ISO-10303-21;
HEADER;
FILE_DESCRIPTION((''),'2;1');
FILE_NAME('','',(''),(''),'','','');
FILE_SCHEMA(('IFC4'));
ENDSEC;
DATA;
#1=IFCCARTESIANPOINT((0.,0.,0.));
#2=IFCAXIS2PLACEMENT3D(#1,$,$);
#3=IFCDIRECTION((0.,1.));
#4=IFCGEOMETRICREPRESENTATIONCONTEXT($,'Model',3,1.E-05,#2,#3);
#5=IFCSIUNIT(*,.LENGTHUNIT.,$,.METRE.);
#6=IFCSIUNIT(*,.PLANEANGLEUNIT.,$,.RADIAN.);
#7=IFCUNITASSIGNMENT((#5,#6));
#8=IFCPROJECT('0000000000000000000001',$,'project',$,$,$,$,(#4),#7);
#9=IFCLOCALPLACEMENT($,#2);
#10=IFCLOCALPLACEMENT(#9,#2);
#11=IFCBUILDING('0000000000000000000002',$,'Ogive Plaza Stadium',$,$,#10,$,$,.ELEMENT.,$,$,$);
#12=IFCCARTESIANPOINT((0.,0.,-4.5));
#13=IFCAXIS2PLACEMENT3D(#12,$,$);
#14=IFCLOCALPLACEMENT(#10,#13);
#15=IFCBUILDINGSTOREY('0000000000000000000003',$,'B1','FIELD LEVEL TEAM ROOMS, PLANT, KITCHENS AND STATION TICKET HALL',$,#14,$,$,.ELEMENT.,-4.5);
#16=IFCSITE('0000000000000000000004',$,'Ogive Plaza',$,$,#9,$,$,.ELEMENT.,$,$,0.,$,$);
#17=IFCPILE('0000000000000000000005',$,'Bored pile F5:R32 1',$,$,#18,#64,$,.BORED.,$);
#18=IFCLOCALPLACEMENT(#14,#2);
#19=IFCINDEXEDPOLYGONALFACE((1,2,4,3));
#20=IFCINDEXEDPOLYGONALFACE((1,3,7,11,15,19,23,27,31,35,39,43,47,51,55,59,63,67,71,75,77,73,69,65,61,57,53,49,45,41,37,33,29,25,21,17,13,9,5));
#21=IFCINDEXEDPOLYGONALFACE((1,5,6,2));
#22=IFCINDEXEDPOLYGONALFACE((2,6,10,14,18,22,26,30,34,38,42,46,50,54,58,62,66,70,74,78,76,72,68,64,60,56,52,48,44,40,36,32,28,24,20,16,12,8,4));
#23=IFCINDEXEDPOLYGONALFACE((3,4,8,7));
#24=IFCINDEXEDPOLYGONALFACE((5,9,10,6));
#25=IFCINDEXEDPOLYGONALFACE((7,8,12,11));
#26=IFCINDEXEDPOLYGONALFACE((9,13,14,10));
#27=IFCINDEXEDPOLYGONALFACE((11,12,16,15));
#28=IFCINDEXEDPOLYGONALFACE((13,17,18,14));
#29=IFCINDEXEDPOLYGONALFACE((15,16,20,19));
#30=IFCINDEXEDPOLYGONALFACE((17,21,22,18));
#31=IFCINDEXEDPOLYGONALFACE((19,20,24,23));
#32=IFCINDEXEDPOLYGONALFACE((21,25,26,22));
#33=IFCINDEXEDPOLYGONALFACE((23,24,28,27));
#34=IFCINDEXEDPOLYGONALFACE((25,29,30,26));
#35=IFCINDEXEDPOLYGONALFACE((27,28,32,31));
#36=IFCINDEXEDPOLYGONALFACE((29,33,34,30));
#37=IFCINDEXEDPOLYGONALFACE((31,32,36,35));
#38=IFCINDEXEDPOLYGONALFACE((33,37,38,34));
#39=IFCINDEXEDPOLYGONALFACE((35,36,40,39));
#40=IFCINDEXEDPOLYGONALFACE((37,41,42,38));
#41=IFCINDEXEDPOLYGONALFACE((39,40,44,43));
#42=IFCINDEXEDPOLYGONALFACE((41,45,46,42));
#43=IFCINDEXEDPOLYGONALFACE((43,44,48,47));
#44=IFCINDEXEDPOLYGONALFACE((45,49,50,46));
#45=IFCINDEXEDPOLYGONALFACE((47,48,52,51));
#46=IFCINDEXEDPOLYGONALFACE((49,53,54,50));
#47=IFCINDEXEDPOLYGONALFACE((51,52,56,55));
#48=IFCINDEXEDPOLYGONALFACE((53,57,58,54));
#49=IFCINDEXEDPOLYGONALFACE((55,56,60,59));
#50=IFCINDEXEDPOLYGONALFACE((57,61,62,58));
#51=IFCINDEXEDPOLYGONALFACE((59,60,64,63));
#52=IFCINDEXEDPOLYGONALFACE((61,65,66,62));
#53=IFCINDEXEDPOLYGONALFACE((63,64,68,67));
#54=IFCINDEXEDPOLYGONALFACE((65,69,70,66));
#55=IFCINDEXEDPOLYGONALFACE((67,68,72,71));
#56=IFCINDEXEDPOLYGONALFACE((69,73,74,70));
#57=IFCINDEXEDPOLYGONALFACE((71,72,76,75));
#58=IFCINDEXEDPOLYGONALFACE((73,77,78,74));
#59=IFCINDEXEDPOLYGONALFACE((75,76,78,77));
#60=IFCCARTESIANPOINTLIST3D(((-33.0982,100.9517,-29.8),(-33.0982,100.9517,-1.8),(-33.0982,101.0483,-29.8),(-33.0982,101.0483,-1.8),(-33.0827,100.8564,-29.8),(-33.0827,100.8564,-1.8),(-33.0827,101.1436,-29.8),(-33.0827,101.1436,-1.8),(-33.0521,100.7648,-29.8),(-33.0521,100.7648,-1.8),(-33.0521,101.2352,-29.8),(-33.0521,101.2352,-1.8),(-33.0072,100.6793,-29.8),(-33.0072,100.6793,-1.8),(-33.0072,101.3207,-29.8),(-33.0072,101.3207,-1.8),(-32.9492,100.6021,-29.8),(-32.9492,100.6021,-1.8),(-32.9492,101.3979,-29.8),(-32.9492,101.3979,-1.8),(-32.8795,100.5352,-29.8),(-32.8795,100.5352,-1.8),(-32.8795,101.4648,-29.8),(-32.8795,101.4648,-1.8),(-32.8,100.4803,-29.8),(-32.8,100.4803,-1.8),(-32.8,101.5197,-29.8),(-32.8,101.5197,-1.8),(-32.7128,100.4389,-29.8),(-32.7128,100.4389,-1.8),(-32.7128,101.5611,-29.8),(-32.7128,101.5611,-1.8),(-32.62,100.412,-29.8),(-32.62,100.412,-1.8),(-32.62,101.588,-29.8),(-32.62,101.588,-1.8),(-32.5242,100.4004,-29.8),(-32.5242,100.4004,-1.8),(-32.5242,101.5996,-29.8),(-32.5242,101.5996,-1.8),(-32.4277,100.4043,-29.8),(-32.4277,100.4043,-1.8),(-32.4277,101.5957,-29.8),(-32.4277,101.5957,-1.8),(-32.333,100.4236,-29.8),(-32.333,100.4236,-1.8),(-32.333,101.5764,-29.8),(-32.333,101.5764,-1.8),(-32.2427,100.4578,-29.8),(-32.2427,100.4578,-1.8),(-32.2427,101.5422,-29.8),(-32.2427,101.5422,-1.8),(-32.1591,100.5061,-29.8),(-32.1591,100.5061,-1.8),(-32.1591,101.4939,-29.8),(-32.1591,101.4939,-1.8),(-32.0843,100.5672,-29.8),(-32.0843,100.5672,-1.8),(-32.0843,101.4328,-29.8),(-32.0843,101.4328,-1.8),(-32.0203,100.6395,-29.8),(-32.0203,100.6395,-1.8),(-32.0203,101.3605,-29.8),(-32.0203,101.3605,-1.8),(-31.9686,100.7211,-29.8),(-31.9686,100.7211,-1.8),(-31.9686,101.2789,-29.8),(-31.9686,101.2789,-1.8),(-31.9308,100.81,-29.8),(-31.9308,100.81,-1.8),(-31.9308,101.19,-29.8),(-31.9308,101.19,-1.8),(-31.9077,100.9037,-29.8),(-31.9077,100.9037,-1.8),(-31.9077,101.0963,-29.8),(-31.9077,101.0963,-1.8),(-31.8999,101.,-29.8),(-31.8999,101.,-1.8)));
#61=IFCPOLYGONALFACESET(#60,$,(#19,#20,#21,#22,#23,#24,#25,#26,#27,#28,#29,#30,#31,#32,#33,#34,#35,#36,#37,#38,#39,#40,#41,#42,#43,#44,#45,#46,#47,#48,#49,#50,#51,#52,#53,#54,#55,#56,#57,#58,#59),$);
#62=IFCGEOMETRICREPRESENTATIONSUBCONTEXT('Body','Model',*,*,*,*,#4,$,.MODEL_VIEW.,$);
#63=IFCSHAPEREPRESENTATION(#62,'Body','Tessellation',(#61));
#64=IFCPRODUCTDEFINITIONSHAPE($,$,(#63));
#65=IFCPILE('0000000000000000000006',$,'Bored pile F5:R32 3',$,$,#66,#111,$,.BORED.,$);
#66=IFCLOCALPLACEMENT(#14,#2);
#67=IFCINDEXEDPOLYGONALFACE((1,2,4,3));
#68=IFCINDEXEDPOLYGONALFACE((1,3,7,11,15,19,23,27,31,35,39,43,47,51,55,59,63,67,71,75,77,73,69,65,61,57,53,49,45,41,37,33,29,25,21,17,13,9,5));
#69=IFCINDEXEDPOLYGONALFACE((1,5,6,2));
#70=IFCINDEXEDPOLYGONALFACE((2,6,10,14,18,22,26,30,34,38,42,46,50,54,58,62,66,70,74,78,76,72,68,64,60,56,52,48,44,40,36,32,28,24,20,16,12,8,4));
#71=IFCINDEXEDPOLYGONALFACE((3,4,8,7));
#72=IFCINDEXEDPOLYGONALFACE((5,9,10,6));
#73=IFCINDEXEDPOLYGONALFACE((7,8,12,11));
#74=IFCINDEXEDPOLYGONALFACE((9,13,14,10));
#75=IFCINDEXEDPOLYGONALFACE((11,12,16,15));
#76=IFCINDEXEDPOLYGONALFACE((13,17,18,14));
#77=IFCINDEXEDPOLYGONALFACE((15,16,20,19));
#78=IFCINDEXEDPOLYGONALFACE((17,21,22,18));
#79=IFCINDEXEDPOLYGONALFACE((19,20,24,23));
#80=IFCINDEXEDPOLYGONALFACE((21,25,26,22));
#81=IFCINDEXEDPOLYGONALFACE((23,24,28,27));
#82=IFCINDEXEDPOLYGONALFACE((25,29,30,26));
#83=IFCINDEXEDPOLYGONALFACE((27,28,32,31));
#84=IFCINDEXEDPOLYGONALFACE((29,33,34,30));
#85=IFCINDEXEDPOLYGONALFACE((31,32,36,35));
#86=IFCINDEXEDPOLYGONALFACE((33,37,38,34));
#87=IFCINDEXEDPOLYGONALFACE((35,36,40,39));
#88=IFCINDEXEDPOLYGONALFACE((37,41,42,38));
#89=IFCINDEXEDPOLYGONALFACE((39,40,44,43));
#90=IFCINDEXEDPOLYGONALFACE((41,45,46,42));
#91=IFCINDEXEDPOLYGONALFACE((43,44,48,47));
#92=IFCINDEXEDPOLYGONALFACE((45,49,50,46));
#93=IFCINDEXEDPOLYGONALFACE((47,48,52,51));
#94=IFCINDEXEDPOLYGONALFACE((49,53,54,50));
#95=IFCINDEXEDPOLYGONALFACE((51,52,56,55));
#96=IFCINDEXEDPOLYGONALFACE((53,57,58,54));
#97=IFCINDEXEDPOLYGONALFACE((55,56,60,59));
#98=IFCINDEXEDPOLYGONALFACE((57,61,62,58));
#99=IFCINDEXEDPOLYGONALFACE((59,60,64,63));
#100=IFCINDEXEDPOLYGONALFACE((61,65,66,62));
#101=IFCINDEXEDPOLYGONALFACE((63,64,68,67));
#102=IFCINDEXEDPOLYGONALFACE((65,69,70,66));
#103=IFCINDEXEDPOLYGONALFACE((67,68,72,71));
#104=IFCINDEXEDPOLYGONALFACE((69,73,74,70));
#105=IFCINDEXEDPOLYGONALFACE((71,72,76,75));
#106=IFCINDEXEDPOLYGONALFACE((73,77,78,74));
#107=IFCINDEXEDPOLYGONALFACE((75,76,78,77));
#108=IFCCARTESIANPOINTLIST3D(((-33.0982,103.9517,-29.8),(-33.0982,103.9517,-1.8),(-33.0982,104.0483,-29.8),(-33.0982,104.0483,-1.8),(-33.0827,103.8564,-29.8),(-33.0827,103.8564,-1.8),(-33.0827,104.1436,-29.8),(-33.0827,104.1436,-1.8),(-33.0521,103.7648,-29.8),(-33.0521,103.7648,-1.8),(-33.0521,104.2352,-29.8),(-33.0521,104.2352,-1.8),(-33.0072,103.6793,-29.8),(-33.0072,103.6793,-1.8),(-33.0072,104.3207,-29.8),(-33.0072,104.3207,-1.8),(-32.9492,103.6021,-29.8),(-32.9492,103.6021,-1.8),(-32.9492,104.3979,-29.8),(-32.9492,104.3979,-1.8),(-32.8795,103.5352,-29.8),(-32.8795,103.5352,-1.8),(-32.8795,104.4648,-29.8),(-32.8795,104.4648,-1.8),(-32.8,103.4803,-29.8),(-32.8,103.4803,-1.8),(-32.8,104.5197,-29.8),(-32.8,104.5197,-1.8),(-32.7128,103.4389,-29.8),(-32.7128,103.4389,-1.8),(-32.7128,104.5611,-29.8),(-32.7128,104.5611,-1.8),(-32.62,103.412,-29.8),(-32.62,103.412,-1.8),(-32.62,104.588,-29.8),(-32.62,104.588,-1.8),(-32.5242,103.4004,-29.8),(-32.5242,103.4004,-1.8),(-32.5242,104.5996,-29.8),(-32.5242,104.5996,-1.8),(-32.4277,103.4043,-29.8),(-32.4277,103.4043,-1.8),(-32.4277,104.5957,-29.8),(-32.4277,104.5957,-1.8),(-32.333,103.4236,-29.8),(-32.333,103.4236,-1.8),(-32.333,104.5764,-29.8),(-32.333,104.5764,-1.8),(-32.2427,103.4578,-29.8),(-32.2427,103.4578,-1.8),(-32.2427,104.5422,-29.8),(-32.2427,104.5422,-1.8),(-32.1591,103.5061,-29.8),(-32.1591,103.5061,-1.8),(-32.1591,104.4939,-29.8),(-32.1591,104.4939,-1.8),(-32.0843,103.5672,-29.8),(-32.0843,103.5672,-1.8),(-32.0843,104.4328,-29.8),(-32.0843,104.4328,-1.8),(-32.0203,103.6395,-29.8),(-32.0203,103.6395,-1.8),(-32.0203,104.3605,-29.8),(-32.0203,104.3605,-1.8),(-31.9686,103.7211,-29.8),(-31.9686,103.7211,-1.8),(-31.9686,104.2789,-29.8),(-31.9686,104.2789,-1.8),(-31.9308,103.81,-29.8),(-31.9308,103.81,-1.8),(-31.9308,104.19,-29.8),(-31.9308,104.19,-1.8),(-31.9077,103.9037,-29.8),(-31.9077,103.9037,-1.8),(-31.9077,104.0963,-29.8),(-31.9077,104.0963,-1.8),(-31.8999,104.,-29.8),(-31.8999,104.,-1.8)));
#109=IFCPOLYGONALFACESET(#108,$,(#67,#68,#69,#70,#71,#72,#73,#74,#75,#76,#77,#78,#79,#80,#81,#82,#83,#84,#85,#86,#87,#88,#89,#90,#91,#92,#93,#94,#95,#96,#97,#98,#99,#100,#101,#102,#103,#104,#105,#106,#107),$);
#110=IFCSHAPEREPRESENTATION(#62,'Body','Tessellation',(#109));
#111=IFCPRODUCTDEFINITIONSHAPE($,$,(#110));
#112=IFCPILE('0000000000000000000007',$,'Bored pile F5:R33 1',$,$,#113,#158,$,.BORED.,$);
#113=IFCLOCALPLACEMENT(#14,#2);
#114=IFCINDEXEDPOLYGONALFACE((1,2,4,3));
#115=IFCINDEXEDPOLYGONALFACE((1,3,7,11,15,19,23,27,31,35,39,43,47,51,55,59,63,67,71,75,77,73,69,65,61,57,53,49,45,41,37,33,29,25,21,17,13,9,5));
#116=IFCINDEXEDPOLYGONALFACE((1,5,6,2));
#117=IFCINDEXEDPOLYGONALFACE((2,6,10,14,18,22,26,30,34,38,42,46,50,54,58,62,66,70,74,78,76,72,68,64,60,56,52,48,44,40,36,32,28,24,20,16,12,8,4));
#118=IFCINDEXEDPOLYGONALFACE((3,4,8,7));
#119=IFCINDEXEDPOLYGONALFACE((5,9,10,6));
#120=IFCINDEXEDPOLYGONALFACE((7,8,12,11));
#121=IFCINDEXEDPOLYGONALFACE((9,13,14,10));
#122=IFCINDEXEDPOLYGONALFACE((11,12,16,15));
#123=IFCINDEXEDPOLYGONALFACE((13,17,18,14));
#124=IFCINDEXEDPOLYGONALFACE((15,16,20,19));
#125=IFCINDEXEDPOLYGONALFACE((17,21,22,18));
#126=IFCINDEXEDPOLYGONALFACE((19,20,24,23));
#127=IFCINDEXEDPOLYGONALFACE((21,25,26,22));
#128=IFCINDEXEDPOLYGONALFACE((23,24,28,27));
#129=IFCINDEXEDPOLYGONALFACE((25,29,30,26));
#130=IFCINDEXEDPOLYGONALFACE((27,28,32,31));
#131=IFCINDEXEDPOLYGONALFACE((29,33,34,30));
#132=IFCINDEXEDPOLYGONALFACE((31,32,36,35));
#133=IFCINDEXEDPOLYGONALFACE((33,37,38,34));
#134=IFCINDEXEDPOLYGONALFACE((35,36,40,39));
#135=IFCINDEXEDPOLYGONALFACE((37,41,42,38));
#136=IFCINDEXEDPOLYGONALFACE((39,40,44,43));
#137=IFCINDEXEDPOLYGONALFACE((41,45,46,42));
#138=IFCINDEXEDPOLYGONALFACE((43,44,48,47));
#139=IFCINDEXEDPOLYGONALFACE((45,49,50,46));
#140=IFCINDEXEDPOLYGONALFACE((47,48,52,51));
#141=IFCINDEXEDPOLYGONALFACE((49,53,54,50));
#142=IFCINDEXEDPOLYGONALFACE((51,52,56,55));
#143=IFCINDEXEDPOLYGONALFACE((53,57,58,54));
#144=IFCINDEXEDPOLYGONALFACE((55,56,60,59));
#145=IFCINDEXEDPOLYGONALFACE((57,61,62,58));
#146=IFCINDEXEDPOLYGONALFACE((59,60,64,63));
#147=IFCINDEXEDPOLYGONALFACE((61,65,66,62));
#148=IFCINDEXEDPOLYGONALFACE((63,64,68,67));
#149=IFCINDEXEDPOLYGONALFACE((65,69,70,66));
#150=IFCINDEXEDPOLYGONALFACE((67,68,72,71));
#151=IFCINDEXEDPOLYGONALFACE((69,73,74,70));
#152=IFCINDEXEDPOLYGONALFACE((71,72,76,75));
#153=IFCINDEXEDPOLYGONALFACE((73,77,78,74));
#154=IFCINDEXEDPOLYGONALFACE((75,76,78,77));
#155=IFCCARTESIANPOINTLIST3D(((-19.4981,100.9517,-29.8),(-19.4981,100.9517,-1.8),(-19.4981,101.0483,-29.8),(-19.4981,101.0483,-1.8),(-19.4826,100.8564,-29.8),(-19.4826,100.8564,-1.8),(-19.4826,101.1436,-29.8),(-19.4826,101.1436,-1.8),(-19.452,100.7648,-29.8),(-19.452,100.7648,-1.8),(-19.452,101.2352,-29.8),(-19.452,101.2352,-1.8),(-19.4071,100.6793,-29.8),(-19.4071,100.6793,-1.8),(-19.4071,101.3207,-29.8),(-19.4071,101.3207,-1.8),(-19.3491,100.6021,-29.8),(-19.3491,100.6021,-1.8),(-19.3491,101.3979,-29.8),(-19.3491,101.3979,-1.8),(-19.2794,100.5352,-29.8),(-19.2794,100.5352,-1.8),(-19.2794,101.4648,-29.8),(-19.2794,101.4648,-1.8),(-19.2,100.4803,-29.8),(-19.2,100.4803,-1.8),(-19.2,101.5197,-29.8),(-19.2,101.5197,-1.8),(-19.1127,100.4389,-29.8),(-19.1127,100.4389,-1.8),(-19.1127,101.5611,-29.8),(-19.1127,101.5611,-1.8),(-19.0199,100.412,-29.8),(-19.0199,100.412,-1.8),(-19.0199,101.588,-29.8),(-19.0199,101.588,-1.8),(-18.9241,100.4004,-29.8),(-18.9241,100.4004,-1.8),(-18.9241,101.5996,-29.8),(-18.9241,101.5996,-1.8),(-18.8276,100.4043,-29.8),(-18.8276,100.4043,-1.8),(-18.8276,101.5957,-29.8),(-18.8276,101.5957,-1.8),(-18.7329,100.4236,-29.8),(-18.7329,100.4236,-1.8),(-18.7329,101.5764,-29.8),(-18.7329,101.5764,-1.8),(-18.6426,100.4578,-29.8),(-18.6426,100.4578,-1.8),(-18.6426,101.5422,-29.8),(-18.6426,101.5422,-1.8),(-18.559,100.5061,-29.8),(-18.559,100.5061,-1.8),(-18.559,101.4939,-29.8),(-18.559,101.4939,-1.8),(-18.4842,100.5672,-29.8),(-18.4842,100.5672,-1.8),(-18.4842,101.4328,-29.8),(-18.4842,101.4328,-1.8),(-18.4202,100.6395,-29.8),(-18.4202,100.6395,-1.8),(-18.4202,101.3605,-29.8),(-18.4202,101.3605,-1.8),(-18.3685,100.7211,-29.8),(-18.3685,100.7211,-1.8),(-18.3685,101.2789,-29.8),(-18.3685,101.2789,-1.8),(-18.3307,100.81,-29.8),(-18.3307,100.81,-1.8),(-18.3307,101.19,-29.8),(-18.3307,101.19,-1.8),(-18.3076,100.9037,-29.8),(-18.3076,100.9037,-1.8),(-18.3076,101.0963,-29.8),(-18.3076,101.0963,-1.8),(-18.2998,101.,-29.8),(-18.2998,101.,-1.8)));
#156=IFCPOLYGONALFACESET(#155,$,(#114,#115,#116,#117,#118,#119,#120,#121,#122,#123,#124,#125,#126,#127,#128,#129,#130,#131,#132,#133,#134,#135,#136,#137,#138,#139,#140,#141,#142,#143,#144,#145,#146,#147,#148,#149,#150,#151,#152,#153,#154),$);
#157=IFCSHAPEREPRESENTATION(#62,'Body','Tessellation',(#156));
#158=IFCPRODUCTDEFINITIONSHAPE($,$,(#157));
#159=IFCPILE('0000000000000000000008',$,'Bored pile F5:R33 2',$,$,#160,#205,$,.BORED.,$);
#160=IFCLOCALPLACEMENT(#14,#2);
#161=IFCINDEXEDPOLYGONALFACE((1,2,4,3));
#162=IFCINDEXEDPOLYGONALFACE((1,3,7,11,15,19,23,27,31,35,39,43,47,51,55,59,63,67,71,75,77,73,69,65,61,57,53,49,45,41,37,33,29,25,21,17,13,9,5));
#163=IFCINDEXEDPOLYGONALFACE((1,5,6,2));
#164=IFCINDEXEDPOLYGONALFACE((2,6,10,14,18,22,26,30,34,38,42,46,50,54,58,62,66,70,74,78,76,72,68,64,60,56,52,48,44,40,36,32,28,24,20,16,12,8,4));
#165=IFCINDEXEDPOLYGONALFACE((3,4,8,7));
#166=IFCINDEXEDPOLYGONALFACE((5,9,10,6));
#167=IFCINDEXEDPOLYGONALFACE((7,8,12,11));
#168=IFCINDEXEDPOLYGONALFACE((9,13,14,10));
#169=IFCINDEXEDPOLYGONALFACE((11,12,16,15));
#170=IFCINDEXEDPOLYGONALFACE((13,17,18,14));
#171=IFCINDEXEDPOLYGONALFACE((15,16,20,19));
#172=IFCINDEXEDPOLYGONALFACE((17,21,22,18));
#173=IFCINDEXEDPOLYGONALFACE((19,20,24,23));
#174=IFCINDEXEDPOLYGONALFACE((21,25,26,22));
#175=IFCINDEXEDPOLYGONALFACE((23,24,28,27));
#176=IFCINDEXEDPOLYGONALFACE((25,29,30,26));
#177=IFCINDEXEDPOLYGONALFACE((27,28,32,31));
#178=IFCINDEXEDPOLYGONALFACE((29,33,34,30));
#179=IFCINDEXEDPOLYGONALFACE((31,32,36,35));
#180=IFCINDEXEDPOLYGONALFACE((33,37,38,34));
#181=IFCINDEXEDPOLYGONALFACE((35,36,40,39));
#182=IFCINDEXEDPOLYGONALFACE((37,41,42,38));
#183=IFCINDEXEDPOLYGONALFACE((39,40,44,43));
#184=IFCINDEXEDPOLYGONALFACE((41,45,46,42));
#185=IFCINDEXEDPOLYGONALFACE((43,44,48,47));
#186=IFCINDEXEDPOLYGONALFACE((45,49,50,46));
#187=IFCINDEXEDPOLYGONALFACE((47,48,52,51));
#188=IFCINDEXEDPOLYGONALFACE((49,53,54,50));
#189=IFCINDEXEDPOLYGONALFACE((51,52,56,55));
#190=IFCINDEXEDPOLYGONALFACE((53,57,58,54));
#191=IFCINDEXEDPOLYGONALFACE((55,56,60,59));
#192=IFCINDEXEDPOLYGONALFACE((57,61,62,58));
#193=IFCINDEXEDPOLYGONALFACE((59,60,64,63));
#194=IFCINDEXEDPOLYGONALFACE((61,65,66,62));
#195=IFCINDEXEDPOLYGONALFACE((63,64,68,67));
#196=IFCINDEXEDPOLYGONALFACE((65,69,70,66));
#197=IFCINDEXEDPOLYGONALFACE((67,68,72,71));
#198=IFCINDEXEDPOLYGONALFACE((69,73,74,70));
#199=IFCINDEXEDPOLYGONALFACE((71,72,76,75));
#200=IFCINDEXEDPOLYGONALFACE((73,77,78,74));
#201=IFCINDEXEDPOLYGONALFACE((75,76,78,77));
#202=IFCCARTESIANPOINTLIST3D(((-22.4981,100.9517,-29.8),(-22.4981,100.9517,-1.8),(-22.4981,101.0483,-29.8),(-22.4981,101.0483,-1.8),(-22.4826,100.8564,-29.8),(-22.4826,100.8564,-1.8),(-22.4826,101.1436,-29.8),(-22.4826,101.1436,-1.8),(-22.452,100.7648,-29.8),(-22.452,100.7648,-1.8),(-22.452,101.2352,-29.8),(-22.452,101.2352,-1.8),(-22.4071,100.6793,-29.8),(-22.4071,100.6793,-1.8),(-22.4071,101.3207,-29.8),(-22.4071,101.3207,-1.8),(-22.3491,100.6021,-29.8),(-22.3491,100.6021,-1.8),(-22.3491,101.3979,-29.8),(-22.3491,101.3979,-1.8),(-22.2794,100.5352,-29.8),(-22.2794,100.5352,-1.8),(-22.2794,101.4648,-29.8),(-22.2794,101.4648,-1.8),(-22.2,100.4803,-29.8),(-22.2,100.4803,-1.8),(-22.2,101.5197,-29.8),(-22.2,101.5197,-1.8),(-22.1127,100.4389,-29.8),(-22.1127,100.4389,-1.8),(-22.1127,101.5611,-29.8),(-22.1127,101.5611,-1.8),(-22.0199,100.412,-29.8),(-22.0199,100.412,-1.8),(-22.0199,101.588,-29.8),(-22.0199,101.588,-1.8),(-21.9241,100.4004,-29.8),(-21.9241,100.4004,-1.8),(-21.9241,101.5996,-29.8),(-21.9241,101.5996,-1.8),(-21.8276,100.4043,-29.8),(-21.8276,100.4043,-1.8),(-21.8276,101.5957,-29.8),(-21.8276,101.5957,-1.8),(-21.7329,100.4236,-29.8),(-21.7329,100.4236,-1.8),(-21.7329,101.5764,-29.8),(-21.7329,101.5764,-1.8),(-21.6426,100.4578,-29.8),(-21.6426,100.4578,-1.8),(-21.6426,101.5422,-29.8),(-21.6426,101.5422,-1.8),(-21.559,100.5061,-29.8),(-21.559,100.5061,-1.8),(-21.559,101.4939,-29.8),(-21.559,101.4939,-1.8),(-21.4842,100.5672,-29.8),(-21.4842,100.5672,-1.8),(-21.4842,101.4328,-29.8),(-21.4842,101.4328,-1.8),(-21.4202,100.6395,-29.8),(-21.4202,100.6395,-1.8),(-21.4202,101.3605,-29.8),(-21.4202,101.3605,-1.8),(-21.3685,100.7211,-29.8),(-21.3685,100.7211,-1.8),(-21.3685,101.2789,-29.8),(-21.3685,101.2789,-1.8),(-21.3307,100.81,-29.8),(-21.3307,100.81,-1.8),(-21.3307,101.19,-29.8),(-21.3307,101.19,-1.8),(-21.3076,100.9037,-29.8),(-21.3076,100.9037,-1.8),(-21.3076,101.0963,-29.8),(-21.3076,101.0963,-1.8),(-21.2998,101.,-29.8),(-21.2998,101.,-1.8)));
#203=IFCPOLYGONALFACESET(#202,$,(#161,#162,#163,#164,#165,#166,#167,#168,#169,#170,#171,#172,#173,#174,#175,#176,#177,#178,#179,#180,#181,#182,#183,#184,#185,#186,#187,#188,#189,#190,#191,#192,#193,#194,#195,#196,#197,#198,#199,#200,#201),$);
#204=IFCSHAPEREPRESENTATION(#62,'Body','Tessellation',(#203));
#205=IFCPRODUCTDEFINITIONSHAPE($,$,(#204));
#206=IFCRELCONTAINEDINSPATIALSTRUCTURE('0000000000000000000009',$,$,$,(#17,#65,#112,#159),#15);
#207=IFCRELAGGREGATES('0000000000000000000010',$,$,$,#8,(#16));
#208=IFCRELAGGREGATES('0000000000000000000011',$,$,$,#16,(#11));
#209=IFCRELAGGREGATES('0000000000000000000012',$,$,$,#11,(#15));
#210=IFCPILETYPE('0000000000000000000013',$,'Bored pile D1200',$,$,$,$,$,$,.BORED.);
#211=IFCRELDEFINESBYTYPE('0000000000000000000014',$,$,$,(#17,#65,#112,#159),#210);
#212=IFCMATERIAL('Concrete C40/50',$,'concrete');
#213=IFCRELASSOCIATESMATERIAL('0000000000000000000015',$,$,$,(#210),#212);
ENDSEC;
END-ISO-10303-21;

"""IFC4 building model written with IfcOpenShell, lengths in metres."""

from ifc_helpers import new_model, si_unit, direction, frame, origin, origin_2d, place, context, subcontext, project, spatial, circle, extrude, material, material_profile, profile_set, type_object, element, save


model = new_model("IFC4")

# Units and contexts
model_context = context("Model", 3, precision=1e-05, world=origin(), true_north=direction((0.0, 1.0)))
body_context = subcontext(model_context, "Body", "Model", "MODEL_VIEW")
ifc_project = project(units=[si_unit("LENGTHUNIT", "METRE"), si_unit("PLANEANGLEUNIT", "RADIAN")], contexts=[model_context])

# Site, building, storey
site_placement = place(None, origin())
site = spatial("IfcSite", under=ifc_project, at=site_placement, Name="Ogive Plaza", CompositionType="ELEMENT", RefElevation=0.0)
building_placement = place(site_placement, origin())
building = spatial("IfcBuilding", under=site, at=building_placement, Name="Ogive Plaza Stadium", CompositionType="ELEMENT")
storey_placement = place(building_placement, frame((0.0, 0.0, -4.5)))
storey = spatial("IfcBuildingStorey", under=building, at=storey_placement, Name="B1", Description="FIELD LEVEL TEAM ROOMS, PLANT, KITCHENS AND STATION TICKET HALL", CompositionType="ELEMENT", Elevation=-4.5)

# Piles
ifc_material_1 = material(Name="Concrete C40/50", Category="concrete")
ifc_material_profile_1 = material_profile(ifc_material_1, circle(Radius=0.6001, at=origin_2d()), Name="RC D1200")
ifc_profile_set_1 = profile_set([ifc_material_profile_1], Name="Concrete C40/50")
pile_type_1 = type_object("IfcPileType", Name="Bored pile D1200", PredefinedType="BORED", material=ifc_profile_set_1)
for number, where, z_axis, x_axis, name in (
    (1, (-32.5, 101.0, -1.8), (0.0, 0.0, -1.0), (1.0, 0.0, 0.0), "Bored pile F5:R32 1"),
    (2, (-32.5, 104.0, -1.8), (0.0, 0.0, -1.0), (1.0, 0.0, 0.0), "Bored pile F5:R32 3"),
    (3, (-18.8999, 101.0, -1.8), (0.0, 0.0, -1.0), (1.0, 0.0, 0.0), "Bored pile F5:R33 1"),
    (4, (-21.8999, 101.0, -1.8), (0.0, 0.0, -1.0), (1.0, 0.0, 0.0), "Bored pile F5:R33 2"),
):
    element("IfcPile", number, at=place(storey_placement, frame(where, z_axis=z_axis, x_axis=x_axis)), inside=storey, type_object=pile_type_1, Name=name, PredefinedType="BORED", context=body_context, shape_type="SweptSolid", body=[
        extrude(circle(Radius=0.6001, at=origin_2d()), origin(), (0.0, 0.0, 1.0), 28.0),
    ])

save(model, "model.ifc")
